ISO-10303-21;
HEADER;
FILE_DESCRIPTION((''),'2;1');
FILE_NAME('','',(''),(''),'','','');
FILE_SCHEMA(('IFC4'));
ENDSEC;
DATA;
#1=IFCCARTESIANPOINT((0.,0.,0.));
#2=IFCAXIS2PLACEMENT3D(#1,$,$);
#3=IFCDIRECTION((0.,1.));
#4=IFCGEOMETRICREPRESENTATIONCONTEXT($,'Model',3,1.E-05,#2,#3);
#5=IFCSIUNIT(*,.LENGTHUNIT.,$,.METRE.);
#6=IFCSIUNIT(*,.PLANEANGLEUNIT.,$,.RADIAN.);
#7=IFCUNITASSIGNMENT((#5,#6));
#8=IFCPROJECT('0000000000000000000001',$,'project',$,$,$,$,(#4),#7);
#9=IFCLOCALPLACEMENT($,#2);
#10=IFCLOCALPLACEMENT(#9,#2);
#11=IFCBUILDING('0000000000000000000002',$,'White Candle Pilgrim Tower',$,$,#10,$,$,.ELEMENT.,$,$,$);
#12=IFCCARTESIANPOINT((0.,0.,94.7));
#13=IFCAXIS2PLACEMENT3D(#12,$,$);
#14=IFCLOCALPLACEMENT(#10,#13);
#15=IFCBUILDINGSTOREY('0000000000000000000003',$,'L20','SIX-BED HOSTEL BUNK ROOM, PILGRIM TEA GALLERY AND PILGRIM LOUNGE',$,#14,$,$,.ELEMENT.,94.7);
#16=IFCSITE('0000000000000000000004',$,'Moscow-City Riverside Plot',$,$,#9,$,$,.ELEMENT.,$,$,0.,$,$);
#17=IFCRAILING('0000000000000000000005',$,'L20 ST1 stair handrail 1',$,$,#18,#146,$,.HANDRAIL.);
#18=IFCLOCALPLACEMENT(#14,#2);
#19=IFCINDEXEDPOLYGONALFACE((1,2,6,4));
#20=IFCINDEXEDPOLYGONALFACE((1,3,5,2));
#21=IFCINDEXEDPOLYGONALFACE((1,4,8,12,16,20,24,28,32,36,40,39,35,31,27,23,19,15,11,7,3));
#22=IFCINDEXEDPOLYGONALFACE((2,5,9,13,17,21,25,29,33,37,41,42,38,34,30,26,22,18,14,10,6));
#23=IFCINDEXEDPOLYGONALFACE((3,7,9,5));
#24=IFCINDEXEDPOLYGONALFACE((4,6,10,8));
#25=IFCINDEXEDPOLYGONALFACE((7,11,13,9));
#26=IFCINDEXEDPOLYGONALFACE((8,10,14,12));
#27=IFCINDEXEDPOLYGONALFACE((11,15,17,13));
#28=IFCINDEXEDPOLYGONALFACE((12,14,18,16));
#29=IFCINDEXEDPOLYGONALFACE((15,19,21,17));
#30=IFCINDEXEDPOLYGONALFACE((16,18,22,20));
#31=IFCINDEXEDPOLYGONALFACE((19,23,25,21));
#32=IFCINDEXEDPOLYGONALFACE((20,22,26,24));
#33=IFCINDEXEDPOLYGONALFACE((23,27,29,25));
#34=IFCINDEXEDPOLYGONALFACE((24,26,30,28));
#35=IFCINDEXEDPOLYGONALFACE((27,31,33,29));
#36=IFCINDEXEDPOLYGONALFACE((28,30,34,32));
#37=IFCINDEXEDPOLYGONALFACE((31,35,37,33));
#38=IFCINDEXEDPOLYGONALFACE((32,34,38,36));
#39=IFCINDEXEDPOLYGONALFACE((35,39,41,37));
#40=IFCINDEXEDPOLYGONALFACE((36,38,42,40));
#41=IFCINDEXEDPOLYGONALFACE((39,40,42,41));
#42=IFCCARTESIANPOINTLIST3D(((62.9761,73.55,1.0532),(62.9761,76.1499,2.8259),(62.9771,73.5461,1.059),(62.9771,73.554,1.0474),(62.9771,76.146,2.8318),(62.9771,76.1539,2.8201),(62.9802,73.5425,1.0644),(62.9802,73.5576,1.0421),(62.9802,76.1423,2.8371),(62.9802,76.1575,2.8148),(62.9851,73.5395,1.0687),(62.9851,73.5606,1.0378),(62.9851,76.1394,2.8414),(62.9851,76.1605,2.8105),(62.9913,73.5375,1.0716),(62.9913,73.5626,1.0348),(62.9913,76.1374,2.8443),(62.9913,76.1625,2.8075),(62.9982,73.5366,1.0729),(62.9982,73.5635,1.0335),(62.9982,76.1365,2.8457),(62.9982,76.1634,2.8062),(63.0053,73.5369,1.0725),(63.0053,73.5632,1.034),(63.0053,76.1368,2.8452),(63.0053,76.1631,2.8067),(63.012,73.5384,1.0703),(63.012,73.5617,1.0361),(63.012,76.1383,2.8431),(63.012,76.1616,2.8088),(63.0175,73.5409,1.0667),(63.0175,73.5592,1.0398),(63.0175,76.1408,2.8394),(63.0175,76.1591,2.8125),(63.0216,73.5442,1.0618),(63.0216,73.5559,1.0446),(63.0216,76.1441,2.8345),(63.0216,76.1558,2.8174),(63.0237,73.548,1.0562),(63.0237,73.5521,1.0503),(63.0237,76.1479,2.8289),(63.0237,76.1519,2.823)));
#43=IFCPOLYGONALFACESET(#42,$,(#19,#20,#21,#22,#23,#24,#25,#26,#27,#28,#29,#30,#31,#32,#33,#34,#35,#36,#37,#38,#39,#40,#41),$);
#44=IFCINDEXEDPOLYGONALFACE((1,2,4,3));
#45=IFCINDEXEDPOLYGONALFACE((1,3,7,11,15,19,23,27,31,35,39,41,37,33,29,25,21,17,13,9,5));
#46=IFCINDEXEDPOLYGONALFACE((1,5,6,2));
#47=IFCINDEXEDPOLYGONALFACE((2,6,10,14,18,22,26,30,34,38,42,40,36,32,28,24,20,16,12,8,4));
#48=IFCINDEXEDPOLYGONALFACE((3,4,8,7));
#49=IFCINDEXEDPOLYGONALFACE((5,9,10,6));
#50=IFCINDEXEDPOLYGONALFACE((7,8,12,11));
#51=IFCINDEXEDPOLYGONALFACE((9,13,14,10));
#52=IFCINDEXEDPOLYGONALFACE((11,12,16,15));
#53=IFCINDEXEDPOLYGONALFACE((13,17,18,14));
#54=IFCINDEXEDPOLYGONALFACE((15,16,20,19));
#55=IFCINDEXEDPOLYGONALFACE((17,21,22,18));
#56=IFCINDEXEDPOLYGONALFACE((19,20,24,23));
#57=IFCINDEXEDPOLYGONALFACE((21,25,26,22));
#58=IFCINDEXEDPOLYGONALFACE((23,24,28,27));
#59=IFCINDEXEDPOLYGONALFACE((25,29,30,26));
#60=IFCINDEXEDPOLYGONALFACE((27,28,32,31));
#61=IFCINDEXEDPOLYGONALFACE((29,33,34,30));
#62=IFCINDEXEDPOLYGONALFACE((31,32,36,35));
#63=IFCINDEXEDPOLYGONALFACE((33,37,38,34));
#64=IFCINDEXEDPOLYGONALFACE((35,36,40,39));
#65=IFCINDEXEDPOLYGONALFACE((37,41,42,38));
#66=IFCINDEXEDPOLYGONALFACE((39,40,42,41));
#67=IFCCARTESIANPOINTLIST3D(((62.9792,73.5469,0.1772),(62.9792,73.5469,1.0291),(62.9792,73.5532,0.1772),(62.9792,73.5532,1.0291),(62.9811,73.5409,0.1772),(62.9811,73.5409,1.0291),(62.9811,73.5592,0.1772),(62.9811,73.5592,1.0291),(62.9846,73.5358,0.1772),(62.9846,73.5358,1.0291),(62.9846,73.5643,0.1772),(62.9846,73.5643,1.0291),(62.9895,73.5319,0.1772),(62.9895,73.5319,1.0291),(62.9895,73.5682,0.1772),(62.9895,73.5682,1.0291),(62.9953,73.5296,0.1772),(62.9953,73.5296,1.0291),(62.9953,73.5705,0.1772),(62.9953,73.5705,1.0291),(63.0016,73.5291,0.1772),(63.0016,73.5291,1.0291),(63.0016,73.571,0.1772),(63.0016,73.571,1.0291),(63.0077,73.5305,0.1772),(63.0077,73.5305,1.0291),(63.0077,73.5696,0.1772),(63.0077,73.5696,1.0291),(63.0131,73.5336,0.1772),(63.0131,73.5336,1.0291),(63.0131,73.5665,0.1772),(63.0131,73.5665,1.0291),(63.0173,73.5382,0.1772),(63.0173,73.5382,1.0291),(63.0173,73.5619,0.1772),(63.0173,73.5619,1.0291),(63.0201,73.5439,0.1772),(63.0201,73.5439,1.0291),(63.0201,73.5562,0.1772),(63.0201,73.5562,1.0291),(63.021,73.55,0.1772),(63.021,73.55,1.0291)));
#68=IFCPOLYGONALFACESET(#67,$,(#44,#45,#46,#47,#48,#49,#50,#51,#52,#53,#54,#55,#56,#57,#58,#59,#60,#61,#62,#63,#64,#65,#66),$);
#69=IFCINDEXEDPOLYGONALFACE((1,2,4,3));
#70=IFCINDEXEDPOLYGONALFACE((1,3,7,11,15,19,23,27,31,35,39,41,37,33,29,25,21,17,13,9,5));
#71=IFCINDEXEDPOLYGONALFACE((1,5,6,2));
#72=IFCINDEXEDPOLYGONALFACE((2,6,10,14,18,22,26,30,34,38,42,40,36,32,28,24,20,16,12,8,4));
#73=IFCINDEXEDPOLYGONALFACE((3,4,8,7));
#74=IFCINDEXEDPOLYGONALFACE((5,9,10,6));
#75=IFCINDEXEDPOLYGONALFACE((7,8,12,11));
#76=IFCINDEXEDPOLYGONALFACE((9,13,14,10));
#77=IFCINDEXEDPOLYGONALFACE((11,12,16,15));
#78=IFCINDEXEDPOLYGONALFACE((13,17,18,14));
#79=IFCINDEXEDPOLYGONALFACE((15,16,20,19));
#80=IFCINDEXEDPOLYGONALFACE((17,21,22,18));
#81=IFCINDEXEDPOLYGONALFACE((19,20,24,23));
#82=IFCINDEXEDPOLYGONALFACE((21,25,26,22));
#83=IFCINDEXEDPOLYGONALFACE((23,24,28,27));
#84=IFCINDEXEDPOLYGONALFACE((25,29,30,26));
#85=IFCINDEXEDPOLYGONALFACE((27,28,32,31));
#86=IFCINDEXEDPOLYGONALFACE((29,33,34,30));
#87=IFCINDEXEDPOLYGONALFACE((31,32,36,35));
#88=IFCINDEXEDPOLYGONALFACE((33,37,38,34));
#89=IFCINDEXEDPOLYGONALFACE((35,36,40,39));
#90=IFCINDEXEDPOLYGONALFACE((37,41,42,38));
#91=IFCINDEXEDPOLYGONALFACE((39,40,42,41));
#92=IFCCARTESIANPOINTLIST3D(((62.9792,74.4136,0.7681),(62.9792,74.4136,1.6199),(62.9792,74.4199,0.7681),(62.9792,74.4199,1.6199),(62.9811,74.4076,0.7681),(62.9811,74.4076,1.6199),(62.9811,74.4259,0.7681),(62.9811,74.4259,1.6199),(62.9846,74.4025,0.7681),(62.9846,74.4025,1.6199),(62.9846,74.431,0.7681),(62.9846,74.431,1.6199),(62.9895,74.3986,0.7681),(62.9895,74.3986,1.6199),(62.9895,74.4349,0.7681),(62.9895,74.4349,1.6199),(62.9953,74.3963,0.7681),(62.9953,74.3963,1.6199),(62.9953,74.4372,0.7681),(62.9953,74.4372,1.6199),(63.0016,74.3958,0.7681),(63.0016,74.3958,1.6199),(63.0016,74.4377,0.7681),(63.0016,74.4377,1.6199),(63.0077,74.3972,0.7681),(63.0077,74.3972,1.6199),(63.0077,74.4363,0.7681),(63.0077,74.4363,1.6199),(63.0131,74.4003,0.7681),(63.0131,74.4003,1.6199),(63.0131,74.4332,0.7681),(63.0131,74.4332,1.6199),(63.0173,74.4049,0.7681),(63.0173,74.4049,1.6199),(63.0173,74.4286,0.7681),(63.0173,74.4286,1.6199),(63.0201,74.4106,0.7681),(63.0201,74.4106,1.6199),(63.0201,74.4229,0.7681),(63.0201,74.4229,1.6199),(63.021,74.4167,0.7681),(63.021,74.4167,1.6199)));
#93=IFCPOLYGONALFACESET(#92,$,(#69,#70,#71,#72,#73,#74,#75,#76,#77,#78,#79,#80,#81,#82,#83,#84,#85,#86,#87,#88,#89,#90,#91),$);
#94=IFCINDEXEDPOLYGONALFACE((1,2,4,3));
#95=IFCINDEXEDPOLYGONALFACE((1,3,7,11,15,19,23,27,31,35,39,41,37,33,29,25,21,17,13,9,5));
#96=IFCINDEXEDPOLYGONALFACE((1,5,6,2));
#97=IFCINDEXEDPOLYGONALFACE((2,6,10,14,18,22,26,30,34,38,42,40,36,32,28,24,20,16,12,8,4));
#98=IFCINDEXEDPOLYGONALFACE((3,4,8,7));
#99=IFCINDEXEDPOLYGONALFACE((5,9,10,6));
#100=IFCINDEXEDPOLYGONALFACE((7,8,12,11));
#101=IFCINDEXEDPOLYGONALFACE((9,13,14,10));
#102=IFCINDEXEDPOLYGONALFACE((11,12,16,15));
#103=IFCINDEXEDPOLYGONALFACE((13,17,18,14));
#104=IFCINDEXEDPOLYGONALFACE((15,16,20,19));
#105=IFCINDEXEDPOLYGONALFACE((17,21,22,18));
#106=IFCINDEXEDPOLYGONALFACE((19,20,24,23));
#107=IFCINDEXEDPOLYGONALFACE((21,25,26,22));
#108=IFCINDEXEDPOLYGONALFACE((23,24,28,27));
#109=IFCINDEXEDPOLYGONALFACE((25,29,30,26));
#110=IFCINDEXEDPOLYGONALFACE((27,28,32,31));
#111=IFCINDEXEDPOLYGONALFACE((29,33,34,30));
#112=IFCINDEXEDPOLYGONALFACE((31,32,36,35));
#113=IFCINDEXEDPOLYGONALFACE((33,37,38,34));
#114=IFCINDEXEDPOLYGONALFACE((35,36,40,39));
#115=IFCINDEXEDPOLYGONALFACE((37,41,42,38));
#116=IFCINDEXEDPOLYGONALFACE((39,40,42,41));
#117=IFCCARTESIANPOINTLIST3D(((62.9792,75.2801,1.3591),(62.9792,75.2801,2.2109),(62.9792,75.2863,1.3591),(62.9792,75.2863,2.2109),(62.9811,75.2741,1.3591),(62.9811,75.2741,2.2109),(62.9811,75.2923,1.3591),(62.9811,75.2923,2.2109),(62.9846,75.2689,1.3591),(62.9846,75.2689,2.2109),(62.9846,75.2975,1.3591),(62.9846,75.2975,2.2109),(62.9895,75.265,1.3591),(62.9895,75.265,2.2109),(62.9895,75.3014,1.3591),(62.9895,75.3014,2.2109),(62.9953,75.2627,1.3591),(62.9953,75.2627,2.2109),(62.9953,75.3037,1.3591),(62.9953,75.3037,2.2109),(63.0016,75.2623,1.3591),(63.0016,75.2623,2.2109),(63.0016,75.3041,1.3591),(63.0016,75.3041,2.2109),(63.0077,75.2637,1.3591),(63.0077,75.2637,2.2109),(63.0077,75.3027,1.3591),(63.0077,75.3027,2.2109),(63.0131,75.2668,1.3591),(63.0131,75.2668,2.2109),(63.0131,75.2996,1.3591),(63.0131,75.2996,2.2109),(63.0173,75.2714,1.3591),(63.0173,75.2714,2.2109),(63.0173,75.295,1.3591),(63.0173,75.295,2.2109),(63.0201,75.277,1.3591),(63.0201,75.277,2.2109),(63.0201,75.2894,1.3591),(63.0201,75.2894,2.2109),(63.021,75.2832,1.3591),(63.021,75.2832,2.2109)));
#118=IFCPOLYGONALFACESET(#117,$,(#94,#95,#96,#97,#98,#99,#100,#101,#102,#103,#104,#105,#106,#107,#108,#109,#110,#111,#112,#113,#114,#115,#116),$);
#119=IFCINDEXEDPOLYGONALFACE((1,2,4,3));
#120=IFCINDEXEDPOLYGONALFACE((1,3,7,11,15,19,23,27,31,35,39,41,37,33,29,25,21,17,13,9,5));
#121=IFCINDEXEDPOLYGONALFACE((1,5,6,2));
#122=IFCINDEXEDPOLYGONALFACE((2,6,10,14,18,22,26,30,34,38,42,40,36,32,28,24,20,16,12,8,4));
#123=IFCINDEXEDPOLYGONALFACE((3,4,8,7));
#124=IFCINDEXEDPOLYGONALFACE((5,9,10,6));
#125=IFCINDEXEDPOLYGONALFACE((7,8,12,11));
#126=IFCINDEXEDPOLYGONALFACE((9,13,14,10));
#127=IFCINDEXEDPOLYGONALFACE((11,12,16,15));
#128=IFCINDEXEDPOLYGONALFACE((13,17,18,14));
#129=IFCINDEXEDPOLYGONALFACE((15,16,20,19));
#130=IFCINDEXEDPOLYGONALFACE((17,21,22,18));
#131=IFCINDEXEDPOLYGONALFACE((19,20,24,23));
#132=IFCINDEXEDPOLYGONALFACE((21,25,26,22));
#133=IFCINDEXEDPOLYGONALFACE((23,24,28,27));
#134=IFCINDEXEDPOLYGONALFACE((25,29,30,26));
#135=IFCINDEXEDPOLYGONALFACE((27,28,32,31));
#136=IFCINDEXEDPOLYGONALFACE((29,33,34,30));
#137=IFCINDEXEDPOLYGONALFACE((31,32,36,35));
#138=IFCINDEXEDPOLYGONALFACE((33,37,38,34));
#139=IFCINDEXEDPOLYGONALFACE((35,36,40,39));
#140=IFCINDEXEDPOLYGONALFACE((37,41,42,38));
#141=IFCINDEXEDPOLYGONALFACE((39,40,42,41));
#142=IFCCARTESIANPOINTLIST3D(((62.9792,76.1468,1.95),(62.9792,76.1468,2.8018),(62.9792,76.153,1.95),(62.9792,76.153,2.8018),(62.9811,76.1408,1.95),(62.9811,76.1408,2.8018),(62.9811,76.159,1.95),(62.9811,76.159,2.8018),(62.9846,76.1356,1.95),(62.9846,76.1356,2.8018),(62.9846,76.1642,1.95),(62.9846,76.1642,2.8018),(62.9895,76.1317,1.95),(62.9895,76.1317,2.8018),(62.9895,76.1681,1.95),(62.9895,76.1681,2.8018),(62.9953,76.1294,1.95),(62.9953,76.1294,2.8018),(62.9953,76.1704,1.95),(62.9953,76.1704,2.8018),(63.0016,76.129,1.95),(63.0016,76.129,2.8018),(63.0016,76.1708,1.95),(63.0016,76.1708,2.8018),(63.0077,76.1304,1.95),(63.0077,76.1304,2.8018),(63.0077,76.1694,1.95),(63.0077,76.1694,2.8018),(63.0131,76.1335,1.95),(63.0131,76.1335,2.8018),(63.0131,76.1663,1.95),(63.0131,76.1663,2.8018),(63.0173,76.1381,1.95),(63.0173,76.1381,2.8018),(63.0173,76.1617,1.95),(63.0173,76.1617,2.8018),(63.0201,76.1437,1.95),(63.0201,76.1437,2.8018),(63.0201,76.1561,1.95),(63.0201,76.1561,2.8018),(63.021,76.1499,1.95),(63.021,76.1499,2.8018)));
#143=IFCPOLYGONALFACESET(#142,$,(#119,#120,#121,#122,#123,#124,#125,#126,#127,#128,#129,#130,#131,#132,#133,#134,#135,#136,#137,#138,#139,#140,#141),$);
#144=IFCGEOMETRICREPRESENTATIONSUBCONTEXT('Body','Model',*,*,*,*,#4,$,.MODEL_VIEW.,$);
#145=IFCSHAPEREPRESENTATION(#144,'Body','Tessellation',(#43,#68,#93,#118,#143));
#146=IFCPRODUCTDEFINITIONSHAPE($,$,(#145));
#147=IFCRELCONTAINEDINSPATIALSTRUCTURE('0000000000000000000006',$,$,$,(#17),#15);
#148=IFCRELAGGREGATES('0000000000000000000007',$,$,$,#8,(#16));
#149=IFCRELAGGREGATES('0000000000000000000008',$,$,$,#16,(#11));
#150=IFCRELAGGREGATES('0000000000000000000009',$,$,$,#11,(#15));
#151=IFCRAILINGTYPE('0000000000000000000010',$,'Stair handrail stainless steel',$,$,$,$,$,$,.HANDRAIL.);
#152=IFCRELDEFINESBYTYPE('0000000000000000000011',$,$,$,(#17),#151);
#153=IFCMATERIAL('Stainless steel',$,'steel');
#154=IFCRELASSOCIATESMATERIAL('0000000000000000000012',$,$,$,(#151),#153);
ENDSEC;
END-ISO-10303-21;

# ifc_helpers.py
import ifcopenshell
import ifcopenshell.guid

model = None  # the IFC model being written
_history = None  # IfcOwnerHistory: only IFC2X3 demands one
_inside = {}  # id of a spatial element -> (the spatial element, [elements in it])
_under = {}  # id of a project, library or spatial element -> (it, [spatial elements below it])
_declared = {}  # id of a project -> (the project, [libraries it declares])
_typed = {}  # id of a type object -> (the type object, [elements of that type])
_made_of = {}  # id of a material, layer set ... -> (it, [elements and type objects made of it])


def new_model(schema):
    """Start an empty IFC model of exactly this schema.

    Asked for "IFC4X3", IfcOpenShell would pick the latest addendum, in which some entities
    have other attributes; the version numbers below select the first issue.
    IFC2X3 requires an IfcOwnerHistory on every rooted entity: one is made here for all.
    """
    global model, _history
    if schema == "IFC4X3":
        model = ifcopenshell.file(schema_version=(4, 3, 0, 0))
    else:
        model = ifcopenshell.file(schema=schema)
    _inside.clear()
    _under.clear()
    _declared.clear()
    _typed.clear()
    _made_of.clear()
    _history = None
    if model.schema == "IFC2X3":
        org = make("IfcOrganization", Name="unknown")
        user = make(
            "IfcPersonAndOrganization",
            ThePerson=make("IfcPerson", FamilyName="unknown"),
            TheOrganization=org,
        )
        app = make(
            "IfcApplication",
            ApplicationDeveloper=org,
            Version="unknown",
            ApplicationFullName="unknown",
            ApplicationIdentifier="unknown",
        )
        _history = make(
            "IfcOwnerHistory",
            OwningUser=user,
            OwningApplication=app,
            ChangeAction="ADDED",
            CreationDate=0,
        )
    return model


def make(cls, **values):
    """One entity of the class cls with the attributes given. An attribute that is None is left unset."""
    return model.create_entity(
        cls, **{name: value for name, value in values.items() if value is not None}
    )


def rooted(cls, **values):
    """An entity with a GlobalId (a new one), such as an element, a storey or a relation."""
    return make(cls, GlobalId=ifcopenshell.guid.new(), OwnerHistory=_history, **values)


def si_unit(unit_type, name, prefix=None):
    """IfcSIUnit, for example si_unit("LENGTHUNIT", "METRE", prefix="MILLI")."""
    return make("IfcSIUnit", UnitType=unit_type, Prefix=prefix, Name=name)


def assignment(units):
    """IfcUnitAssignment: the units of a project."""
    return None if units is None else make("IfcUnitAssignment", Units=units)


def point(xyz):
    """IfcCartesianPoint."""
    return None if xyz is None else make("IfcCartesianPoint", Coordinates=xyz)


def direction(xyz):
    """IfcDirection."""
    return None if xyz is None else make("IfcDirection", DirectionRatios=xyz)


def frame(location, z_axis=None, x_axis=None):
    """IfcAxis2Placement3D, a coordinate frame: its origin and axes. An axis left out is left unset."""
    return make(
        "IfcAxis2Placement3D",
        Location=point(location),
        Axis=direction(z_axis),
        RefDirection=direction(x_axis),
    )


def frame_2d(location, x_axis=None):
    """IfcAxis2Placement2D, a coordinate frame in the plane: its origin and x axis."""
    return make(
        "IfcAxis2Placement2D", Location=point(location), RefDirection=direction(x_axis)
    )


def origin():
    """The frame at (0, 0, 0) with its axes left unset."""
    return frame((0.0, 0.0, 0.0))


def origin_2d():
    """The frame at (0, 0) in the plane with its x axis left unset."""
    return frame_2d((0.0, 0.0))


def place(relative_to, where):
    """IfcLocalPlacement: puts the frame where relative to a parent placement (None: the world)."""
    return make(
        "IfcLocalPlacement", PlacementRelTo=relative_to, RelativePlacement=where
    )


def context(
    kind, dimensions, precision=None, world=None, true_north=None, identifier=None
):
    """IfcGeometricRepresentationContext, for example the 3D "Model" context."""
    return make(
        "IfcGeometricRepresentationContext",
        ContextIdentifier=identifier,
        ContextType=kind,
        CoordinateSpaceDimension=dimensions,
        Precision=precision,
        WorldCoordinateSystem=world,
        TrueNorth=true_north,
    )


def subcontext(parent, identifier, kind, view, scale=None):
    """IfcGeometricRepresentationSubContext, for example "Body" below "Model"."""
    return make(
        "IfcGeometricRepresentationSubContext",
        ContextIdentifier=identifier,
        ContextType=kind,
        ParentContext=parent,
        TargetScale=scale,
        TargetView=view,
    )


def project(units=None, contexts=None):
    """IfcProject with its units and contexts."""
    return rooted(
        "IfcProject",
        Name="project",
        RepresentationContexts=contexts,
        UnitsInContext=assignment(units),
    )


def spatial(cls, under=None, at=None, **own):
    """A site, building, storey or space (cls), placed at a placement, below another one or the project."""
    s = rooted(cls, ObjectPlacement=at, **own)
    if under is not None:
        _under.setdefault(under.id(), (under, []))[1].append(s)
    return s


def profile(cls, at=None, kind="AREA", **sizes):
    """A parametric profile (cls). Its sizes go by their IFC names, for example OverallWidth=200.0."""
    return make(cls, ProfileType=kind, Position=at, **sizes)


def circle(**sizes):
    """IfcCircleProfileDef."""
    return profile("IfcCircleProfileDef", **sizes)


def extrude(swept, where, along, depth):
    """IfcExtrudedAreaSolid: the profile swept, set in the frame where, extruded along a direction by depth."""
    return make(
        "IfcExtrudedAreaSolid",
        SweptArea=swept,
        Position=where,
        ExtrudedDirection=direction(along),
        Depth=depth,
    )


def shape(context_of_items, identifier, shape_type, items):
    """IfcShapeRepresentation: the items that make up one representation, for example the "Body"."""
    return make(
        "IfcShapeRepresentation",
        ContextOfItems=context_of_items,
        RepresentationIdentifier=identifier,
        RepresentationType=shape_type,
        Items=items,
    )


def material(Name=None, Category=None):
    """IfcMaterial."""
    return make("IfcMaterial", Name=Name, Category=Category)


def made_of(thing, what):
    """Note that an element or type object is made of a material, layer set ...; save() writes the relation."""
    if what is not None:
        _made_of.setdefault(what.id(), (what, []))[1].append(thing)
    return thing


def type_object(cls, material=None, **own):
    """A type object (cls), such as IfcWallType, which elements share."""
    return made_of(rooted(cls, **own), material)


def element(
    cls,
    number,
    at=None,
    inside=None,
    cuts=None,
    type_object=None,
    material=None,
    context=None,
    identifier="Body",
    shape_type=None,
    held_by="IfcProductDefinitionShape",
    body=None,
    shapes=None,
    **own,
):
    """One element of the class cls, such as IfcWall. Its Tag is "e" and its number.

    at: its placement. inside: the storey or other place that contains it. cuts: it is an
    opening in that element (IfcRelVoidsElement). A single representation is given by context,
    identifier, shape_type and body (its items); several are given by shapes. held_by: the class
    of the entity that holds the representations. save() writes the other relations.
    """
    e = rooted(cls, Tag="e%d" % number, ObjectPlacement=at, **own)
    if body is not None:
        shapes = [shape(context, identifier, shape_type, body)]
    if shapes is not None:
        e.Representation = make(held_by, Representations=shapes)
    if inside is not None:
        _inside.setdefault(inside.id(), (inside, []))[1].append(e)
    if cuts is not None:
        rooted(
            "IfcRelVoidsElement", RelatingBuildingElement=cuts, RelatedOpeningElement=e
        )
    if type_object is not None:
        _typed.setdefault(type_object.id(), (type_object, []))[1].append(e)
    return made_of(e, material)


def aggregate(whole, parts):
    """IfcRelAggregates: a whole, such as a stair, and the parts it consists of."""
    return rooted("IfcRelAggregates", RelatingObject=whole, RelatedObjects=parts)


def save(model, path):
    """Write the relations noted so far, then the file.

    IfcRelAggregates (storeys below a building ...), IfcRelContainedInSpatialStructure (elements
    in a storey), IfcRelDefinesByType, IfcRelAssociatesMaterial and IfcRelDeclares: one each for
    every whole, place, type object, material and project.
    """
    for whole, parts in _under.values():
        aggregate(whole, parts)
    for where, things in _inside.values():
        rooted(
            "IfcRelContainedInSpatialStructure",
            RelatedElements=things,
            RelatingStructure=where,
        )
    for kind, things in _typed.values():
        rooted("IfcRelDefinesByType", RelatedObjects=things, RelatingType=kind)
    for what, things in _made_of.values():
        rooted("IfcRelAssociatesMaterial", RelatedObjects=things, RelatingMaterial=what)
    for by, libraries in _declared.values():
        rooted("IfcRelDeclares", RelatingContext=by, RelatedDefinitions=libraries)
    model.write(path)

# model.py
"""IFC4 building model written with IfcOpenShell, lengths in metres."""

from ifc_helpers import new_model, si_unit, direction, frame, origin, origin_2d, place, context, subcontext, project, spatial, circle, extrude, material, type_object, element, save


model = new_model("IFC4")

# Units and contexts
model_context = context("Model", 3, precision=1e-05, world=origin(), true_north=direction((0.0, 1.0)))
body_context = subcontext(model_context, "Body", "Model", "MODEL_VIEW")
ifc_project = project(units=[si_unit("LENGTHUNIT", "METRE"), si_unit("PLANEANGLEUNIT", "RADIAN")], contexts=[model_context])

# Site, building, storey
site_placement = place(None, origin())
site = spatial("IfcSite", under=ifc_project, at=site_placement, Name="Moscow-City Riverside Plot", CompositionType="ELEMENT", RefElevation=0.0)
building_placement = place(site_placement, origin())
building = spatial("IfcBuilding", under=site, at=building_placement, Name="White Candle Pilgrim Tower", CompositionType="ELEMENT")
storey_placement = place(building_placement, frame((0.0, 0.0, 94.7)))
storey = spatial("IfcBuildingStorey", under=building, at=storey_placement, Name="L20", Description="SIX-BED HOSTEL BUNK ROOM, PILGRIM TEA GALLERY AND PILGRIM LOUNGE", CompositionType="ELEMENT", Elevation=94.7)

# Shared definitions
ifc_material_1 = material(Name="Stainless steel", Category="steel")

# Railing
railing_type_1 = type_object("IfcRailingType", Name="Stair handrail stainless steel", PredefinedType="HANDRAIL", material=ifc_material_1)
railing_1_placement = place(storey_placement, frame((63.0, 73.55, 0.1772)))
element("IfcRailing", 1, at=railing_1_placement, inside=storey, type_object=railing_type_1, Name="L20 ST1 stair handrail 1", PredefinedType="HANDRAIL", context=body_context, shape_type="SweptSolid", body=[
    extrude(circle(Radius=0.0239, at=origin_2d()), frame((0.0, 0.0, 0.876), z_axis=(0.0, 0.826216, 0.563354), x_axis=(-1.0, 0.0, 0.0)), (0.0, 0.0, 1.0), 3.1467),
    extrude(circle(Radius=0.021, at=origin_2d()), origin(), (0.0, 0.0, 1.0), 0.8518),
    extrude(circle(Radius=0.021, at=origin_2d()), frame((0.0, 0.8667, 0.5908)), (0.0, 0.0, 1.0), 0.8518),
    extrude(circle(Radius=0.021, at=origin_2d()), frame((0.0, 1.7332, 1.1819)), (0.0, 0.0, 1.0), 0.8518),
    extrude(circle(Radius=0.021, at=origin_2d()), frame((0.0, 2.5999, 1.7727)), (0.0, 0.0, 1.0), 0.8518),
])

save(model, "model.ifc")
